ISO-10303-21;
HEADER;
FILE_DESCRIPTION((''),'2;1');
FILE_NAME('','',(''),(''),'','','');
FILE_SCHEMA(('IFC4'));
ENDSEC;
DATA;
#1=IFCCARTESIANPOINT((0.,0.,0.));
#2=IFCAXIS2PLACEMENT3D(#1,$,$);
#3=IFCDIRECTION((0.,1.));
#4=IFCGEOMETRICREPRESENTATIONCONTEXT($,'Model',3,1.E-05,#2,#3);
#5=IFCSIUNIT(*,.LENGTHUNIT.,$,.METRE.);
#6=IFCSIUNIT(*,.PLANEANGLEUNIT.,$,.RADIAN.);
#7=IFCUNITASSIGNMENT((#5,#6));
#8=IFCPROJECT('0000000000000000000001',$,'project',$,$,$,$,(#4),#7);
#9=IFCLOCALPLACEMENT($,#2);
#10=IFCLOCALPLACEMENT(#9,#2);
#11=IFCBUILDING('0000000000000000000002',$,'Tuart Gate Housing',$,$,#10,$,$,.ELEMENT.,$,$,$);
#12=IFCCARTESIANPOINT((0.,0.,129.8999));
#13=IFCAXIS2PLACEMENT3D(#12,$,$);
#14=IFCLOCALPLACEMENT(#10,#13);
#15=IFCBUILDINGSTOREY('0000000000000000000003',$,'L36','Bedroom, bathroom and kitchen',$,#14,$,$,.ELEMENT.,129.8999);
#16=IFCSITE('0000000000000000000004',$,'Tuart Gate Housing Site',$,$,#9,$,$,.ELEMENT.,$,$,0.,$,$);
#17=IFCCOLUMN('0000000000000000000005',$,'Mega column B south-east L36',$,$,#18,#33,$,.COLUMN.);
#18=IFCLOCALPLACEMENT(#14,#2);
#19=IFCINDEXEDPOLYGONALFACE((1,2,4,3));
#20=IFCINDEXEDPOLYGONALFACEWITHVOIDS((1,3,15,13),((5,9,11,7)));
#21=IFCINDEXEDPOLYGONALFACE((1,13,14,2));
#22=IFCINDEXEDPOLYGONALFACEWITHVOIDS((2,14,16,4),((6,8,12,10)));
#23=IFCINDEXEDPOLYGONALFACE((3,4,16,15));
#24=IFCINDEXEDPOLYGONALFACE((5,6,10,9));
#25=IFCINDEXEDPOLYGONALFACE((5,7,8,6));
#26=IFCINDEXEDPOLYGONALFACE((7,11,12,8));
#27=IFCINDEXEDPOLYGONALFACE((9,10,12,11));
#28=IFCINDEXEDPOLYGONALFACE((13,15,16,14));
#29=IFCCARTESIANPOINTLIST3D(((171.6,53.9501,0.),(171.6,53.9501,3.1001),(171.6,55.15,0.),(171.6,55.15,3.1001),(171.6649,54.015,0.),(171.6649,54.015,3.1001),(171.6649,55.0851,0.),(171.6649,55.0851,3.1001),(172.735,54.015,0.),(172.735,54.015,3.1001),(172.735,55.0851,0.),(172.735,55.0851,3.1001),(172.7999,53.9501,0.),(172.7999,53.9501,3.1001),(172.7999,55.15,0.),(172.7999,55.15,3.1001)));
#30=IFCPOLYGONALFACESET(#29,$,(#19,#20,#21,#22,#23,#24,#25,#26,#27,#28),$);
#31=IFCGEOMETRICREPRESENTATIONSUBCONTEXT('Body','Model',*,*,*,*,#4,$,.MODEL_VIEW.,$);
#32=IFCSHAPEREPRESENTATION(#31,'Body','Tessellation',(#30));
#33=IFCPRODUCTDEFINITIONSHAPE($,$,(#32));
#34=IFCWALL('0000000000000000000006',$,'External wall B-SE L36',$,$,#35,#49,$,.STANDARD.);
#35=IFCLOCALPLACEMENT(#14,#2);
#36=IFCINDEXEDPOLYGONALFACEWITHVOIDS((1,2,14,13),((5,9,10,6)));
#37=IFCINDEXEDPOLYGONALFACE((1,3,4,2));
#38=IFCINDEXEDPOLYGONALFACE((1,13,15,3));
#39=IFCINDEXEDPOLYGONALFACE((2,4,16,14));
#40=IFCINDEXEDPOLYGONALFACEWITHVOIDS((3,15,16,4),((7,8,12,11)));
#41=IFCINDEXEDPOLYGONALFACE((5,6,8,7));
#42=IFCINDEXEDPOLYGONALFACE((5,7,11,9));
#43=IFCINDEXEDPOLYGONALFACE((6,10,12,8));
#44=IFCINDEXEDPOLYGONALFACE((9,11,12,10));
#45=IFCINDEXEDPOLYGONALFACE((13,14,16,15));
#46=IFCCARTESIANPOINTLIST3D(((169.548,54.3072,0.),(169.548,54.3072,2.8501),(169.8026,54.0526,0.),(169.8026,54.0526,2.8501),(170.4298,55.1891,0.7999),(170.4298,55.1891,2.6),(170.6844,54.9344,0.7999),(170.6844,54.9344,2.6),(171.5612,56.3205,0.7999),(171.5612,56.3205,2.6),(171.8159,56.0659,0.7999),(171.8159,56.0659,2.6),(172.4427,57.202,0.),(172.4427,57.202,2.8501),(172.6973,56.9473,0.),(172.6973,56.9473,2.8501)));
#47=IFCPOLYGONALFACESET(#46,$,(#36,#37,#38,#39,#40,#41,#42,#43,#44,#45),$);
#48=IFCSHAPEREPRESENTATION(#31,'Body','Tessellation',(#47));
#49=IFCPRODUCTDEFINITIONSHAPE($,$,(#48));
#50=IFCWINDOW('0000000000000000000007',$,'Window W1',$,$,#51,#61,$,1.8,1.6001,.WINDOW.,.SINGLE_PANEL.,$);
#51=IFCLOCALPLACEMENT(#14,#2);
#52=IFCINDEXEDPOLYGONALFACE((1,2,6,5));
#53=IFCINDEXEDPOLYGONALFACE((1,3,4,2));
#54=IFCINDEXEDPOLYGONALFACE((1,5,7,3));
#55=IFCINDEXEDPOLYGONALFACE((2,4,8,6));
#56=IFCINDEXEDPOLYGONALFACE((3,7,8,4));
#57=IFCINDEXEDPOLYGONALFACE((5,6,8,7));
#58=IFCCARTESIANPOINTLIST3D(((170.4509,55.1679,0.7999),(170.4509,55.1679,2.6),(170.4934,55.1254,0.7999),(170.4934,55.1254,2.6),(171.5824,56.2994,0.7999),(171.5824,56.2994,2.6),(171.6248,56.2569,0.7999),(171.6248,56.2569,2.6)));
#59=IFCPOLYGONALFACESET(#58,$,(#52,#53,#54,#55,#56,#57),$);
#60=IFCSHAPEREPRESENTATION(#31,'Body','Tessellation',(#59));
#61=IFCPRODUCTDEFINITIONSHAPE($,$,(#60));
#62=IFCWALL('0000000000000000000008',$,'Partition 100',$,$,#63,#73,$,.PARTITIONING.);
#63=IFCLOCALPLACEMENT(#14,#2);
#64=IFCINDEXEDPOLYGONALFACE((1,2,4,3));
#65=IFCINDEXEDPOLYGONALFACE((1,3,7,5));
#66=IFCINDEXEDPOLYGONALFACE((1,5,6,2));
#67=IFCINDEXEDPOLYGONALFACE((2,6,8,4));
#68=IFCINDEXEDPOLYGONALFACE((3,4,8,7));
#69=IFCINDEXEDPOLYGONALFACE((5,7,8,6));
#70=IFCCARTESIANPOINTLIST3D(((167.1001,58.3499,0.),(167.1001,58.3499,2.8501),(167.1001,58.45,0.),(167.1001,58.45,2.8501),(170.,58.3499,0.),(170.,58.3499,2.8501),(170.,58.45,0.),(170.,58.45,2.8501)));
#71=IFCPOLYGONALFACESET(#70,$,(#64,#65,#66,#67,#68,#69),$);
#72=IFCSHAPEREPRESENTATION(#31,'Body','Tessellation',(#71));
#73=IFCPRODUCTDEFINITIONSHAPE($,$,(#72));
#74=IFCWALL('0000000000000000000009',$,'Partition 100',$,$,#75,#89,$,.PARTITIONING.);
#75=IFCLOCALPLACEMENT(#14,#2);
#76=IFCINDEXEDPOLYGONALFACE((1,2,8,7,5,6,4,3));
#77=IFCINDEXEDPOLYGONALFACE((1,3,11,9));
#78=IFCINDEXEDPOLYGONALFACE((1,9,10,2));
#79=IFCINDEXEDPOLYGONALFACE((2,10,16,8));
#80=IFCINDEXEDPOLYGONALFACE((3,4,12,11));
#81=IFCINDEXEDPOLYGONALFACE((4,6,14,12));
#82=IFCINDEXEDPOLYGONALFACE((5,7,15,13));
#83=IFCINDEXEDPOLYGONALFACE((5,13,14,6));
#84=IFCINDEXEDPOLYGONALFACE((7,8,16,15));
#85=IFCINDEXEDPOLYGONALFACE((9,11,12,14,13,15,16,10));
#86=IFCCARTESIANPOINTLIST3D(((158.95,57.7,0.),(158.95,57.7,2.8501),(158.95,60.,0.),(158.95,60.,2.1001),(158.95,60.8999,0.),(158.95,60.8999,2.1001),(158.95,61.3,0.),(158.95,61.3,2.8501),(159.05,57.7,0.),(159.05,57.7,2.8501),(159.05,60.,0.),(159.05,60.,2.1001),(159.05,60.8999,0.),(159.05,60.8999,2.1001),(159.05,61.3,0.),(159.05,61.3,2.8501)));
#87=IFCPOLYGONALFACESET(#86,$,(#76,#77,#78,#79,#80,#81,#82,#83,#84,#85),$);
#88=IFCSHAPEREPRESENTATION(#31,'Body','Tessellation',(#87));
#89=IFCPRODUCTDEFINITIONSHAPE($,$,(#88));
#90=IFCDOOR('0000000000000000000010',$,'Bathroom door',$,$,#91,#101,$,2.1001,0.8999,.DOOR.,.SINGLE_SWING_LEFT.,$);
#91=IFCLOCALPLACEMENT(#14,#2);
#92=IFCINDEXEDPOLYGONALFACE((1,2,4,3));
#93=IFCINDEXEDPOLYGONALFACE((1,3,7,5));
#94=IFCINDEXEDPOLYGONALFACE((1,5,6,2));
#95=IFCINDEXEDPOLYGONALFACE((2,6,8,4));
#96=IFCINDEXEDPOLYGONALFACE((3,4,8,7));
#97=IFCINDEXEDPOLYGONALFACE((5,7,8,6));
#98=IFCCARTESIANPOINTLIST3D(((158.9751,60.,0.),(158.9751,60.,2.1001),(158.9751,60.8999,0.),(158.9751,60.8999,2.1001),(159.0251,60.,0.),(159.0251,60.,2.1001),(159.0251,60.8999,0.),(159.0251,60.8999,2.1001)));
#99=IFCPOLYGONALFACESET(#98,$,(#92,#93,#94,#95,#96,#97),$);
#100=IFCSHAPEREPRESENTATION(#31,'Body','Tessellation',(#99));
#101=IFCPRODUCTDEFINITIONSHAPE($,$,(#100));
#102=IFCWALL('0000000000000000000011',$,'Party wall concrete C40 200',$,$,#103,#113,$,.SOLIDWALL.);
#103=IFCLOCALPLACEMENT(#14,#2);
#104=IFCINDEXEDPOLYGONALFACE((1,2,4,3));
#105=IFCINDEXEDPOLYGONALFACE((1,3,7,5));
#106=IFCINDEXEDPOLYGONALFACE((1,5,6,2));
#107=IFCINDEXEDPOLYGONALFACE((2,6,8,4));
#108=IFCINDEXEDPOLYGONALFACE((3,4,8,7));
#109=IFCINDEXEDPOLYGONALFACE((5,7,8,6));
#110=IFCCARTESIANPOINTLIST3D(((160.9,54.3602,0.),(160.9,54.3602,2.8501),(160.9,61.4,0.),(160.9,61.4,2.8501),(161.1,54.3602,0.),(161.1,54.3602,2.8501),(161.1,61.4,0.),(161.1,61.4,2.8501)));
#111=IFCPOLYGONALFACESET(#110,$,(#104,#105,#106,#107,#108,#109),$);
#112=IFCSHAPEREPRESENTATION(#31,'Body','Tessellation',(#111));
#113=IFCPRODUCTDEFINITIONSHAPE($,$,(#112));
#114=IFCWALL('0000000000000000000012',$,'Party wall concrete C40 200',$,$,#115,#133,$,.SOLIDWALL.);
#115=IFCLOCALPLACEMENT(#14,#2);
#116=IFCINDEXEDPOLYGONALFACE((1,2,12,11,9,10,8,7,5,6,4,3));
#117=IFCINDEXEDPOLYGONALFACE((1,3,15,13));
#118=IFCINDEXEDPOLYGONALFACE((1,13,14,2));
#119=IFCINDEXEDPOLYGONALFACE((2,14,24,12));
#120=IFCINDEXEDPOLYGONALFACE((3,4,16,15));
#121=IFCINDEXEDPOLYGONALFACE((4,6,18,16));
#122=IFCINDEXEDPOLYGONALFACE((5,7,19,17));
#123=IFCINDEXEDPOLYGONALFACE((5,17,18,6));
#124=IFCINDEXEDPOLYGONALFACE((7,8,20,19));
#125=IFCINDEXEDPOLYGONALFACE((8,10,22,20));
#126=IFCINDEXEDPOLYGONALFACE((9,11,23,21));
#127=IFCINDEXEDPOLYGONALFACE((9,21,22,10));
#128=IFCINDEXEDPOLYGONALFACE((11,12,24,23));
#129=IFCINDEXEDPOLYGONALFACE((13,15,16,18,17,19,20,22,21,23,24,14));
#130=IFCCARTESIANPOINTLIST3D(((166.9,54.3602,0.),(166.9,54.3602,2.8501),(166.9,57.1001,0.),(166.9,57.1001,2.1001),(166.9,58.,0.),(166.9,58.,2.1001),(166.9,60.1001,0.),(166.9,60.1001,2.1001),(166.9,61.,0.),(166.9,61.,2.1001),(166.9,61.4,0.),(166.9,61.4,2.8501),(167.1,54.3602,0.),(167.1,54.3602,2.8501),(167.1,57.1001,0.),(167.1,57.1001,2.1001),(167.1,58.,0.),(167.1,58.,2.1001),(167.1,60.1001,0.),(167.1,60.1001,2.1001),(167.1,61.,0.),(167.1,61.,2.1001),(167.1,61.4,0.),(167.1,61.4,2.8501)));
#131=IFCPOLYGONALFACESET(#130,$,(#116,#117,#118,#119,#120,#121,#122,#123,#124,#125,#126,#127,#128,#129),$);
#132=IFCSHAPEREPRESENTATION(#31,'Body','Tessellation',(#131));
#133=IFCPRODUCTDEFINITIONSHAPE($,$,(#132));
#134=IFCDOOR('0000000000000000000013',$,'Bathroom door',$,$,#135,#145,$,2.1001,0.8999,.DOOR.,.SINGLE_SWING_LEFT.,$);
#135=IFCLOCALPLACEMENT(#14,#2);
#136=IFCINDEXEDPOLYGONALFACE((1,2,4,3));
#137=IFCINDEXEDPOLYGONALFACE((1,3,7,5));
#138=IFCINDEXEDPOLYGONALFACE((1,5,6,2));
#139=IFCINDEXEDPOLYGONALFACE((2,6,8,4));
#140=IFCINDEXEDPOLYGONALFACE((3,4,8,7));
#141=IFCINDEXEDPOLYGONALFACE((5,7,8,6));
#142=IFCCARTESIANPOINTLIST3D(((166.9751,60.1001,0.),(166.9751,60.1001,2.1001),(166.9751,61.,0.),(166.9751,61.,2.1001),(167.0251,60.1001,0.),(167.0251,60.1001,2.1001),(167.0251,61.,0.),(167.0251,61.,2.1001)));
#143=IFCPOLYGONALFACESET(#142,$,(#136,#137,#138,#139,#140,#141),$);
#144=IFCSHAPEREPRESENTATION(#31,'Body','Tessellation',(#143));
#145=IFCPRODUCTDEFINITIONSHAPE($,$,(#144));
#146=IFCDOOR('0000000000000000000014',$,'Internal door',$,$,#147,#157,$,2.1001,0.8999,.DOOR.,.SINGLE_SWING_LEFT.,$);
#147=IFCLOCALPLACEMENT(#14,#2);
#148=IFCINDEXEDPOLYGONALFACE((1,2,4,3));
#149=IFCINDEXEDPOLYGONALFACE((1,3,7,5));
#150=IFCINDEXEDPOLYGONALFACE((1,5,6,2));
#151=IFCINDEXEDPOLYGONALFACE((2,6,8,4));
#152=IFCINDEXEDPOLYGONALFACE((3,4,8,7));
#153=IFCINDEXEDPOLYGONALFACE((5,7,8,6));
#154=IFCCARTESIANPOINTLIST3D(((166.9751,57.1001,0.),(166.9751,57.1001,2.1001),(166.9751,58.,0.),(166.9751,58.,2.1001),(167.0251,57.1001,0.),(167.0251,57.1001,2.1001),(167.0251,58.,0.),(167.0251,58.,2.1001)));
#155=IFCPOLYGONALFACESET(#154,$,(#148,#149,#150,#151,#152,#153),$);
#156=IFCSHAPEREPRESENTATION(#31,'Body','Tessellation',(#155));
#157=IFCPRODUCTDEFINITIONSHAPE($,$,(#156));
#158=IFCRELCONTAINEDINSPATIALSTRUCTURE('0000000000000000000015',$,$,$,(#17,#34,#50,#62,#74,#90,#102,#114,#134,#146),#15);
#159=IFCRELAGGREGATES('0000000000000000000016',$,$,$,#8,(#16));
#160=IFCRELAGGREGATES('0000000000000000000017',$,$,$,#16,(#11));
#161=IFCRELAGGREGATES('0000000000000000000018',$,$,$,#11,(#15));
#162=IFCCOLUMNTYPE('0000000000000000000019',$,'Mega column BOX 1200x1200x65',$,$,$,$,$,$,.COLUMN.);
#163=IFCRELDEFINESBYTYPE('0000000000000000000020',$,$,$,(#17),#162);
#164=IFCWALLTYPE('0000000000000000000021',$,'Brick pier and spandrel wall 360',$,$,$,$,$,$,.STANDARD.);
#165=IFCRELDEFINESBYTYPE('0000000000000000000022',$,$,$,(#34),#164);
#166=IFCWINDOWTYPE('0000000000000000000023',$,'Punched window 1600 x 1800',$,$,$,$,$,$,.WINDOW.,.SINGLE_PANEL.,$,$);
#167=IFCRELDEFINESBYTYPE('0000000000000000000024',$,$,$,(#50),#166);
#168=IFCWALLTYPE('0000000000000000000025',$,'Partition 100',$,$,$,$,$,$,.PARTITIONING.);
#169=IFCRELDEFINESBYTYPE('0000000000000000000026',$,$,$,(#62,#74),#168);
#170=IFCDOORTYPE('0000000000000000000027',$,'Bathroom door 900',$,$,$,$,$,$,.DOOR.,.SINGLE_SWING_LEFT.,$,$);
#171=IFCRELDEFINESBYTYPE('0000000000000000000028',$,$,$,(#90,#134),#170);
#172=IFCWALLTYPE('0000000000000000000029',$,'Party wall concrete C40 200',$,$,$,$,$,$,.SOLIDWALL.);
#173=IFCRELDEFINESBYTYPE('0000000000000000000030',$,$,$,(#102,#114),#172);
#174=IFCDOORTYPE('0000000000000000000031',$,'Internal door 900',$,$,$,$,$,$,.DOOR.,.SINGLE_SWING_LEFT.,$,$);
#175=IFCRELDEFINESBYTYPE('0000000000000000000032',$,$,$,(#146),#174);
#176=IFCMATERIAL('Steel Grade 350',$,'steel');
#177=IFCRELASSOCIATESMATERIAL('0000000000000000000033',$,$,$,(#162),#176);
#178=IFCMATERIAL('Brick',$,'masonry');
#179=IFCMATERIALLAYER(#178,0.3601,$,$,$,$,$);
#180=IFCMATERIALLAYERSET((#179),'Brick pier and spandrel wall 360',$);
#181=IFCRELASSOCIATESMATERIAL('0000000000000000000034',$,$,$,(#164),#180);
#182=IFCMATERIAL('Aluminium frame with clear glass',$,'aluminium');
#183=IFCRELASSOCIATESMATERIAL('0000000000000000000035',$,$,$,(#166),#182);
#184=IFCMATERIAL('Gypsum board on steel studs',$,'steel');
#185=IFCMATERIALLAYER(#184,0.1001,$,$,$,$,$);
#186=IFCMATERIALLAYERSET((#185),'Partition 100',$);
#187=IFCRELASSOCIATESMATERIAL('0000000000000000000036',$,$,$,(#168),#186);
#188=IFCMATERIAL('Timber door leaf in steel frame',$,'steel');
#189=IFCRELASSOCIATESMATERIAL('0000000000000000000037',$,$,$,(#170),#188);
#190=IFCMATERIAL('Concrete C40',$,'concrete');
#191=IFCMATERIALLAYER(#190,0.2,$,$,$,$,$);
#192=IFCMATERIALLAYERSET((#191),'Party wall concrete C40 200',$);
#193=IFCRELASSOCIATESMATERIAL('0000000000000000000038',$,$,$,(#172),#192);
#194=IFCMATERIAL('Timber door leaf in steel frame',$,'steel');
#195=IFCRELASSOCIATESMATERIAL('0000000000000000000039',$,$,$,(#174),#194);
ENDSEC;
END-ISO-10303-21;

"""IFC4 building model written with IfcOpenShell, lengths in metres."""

from ifc_helpers import new_model, si_unit, direction, frame, frame_2d, origin, origin_2d, place, context, subcontext, project, spatial, rectangle, hollow_rectangle, extrude, material, layer, layer_set, material_profile, profile_set, type_object, element, fill, save


model = new_model("IFC4")

# Units and contexts
model_context = context("Model", 3, precision=1e-05, world=origin(), true_north=direction((0.0, 1.0)))
body_context = subcontext(model_context, "Body", "Model", "MODEL_VIEW")
ifc_project = project(units=[si_unit("LENGTHUNIT", "METRE"), si_unit("PLANEANGLEUNIT", "RADIAN")], contexts=[model_context])

# Site, building, storey
site_placement = place(None, origin())
site = spatial("IfcSite", under=ifc_project, at=site_placement, Name="Tuart Gate Housing Site", CompositionType="ELEMENT", RefElevation=0.0)
building_placement = place(site_placement, origin())
building = spatial("IfcBuilding", under=site, at=building_placement, Name="Tuart Gate Housing", CompositionType="ELEMENT")
storey_placement = place(building_placement, frame((0.0, 0.0, 129.8999)))
storey = spatial("IfcBuildingStorey", under=building, at=storey_placement, Name="L36", Description="Bedroom, bathroom and kitchen", CompositionType="ELEMENT", Elevation=129.8999)

# Column
ifc_material_1 = material(Name="Steel Grade 350", Category="steel")
ifc_material_profile = material_profile(ifc_material_1, hollow_rectangle(XDim=1.2, YDim=1.2, WallThickness=0.0649, at=origin_2d()), Name="BOX 1200x1200x65")
ifc_profile_set = profile_set([ifc_material_profile], Name="Steel Grade 350")
column_type = type_object("IfcColumnType", Name="Mega column BOX 1200x1200x65", PredefinedType="COLUMN", material=ifc_profile_set)
column_placement = place(storey_placement, frame((172.2, 54.55, 0.0), z_axis=(0.0, 0.0, 1.0), x_axis=(1.0, 0.0, 0.0)))
element("IfcColumn", 1, at=column_placement, inside=storey, type_object=column_type, Name="Mega column B south-east L36", PredefinedType="COLUMN", context=body_context, shape_type="SweptSolid", body=[
    extrude(hollow_rectangle(XDim=1.2, YDim=1.2, WallThickness=0.0649, at=origin_2d()), origin(), (0.0, 0.0, 1.0), 3.1001),
])

# Wall, opening, window
ifc_material_2 = material(Name="Brick", Category="masonry")
ifc_layer_1 = layer(ifc_material_2, 0.3601)
ifc_layer_set_1 = layer_set([ifc_layer_1], Name="Brick pier and spandrel wall 360")
wall_type_1 = type_object("IfcWallType", Name="Brick pier and spandrel wall 360", PredefinedType="STANDARD", material=ifc_layer_set_1)
wall_1_placement = place(storey_placement, frame((169.6753, 54.1799, 0.0), z_axis=(0.0, 0.0, 1.0), x_axis=(0.707107, 0.707107, 0.0)))
wall_1 = element("IfcWall", 2, at=wall_1_placement, inside=storey, type_object=wall_type_1, Name="External wall B-SE L36", PredefinedType="STANDARD", context=body_context, shape_type="SweptSolid", body=[
    extrude(rectangle(XDim=4.0938, YDim=0.3601, at=frame_2d((2.0469, 0.0))), origin(), (0.0, 0.0, 1.0), 2.8501),
])
opening_1_placement = place(wall_1_placement, frame((1.2471, 0.0, 0.8)))
opening_1 = element("IfcOpeningElement", 3, at=opening_1_placement, cuts=wall_1, PredefinedType="OPENING", context=body_context, shape_type="SweptSolid", body=[
    extrude(rectangle(XDim=1.6001, YDim=1.8, at=frame_2d((0.8, 0.8999))), frame((0.0, 0.1899, 0.0), z_axis=(0.0, -1.0, 0.0), x_axis=(1.0, 0.0, 0.0)), (0.0, 0.0, 1.0), 0.3801),
])
ifc_material_3 = material(Name="Aluminium frame with clear glass", Category="aluminium")
window_type_1 = type_object("IfcWindowType", Name="Punched window 1600 x 1800", PartitioningType="SINGLE_PANEL", PredefinedType="WINDOW", material=ifc_material_3)
window_1_placement = place(opening_1_placement, origin())
window_1 = element("IfcWindow", 4, at=window_1_placement, inside=storey, type_object=window_type_1, Name="Window W1", OverallHeight=1.8, OverallWidth=1.6001, PartitioningType="SINGLE_PANEL", PredefinedType="WINDOW", context=body_context, shape_type="SweptSolid", body=[
    extrude(rectangle(XDim=1.6001, YDim=1.8, at=frame_2d((0.8, 0.8999))), frame((0.0, 0.1501, 0.0), z_axis=(0.0, -1.0, 0.0), x_axis=(1.0, 0.0, 0.0)), (0.0, 0.0, 1.0), 0.0601),
])
fill(opening_1, window_1)

# Wall
ifc_material_4 = material(Name="Gypsum board on steel studs", Category="steel")
ifc_layer_2 = layer(ifc_material_4, 0.1001)
ifc_layer_set_2 = layer_set([ifc_layer_2], Name="Partition 100")
wall_type_2 = type_object("IfcWallType", Name="Partition 100", PredefinedType="PARTITIONING", material=ifc_layer_set_2)
wall_2_placement = place(storey_placement, frame((167.1001, 58.3999, 0.0), z_axis=(0.0, 0.0, 1.0), x_axis=(1.0, 0.0, 0.0)))
element("IfcWall", 5, at=wall_2_placement, inside=storey, type_object=wall_type_2, Name="Partition 100", PredefinedType="PARTITIONING", context=body_context, shape_type="SweptSolid", body=[
    extrude(rectangle(XDim=2.8999, YDim=0.1001, at=frame_2d((1.45, 0.0))), origin(), (0.0, 0.0, 1.0), 2.8501),
])

# Wall, opening, door
wall_3_placement = place(storey_placement, frame((159.0, 57.7, 0.0), z_axis=(0.0, 0.0, 1.0), x_axis=(0.0, 1.0, 0.0)))
wall_3 = element("IfcWall", 6, at=wall_3_placement, inside=storey, type_object=wall_type_2, Name="Partition 100", PredefinedType="PARTITIONING", context=body_context, shape_type="SweptSolid", body=[
    extrude(rectangle(XDim=3.6001, YDim=0.1001, at=frame_2d((1.8, 0.0))), origin(), (0.0, 0.0, 1.0), 2.8501),
])
opening_2_placement = place(wall_3_placement, frame((2.3, 0.0, 0.0)))
opening_2 = element("IfcOpeningElement", 7, at=opening_2_placement, cuts=wall_3, PredefinedType="OPENING", context=body_context, shape_type="SweptSolid", body=[
    extrude(rectangle(XDim=0.8999, YDim=2.1001, at=frame_2d((0.45, 1.05))), frame((0.0, 0.0601, 0.0), z_axis=(0.0, -1.0, 0.0), x_axis=(1.0, 0.0, 0.0)), (0.0, 0.0, 1.0), 0.1201),
])
ifc_material_5 = material(Name="Timber door leaf in steel frame", Category="steel")
door_type_1 = type_object("IfcDoorType", Name="Bathroom door 900", OperationType="SINGLE_SWING_LEFT", PredefinedType="DOOR", material=ifc_material_5)
door_1_placement = place(opening_2_placement, frame((0.8999, 0.0, 0.0), z_axis=(0.0, 0.0, 1.0), x_axis=(-1.0, 0.0, 0.0)))
door_1 = element("IfcDoor", 8, at=door_1_placement, inside=storey, type_object=door_type_1, Name="Bathroom door", OperationType="SINGLE_SWING_LEFT", OverallHeight=2.1001, OverallWidth=0.8999, PredefinedType="DOOR", context=body_context, shape_type="SweptSolid", body=[
    extrude(rectangle(XDim=0.8999, YDim=2.1001, at=frame_2d((0.45, 1.05))), frame((0.0, 0.0251, 0.0), z_axis=(0.0, -1.0, 0.0), x_axis=(1.0, 0.0, 0.0)), (0.0, 0.0, 1.0), 0.05),
])
fill(opening_2, door_1)

# Wall
ifc_material_6 = material(Name="Concrete C40", Category="concrete")
ifc_layer_3 = layer(ifc_material_6, 0.2)
ifc_layer_set_3 = layer_set([ifc_layer_3], Name="Party wall concrete C40 200")
wall_type_3 = type_object("IfcWallType", Name="Party wall concrete C40 200", PredefinedType="SOLIDWALL", material=ifc_layer_set_3)
wall_4_placement = place(storey_placement, frame((161.0, 54.3601, 0.0), z_axis=(0.0, 0.0, 1.0), x_axis=(0.0, 1.0, 0.0)))
element("IfcWall", 9, at=wall_4_placement, inside=storey, type_object=wall_type_3, Name="Party wall concrete C40 200", PredefinedType="SOLIDWALL", context=body_context, shape_type="SweptSolid", body=[
    extrude(rectangle(XDim=7.0398, YDim=0.2, at=frame_2d((3.52, 0.0))), origin(), (0.0, 0.0, 1.0), 2.8501),
])

# Wall, openings, doors
wall_5_placement = place(storey_placement, frame((167.0, 54.3601, 0.0), z_axis=(0.0, 0.0, 1.0), x_axis=(0.0, 1.0, 0.0)))
wall_5 = element("IfcWall", 10, at=wall_5_placement, inside=storey, type_object=wall_type_3, Name="Party wall concrete C40 200", PredefinedType="SOLIDWALL", context=body_context, shape_type="SweptSolid", body=[
    extrude(rectangle(XDim=7.0398, YDim=0.2, at=frame_2d((3.52, 0.0))), origin(), (0.0, 0.0, 1.0), 2.8501),
])
opening_3_placement = place(wall_5_placement, frame((2.74, 0.0, 0.0)))
opening_3 = element("IfcOpeningElement", 11, at=opening_3_placement, cuts=wall_5, PredefinedType="OPENING", context=body_context, shape_type="SweptSolid", body=[
    extrude(rectangle(XDim=0.8999, YDim=2.1001, at=frame_2d((0.45, 1.05))), frame((0.0, 0.1099, 0.0), z_axis=(0.0, -1.0, 0.0), x_axis=(1.0, 0.0, 0.0)), (0.0, 0.0, 1.0), 0.22),
])
opening_4_placement = place(wall_5_placement, frame((5.74, 0.0, 0.0)))
opening_4 = element("IfcOpeningElement", 12, at=opening_4_placement, cuts=wall_5, PredefinedType="OPENING", context=body_context, shape_type="SweptSolid", body=[
    extrude(rectangle(XDim=0.8999, YDim=2.1001, at=frame_2d((0.45, 1.05))), frame((0.0, 0.1099, 0.0), z_axis=(0.0, -1.0, 0.0), x_axis=(1.0, 0.0, 0.0)), (0.0, 0.0, 1.0), 0.22),
])
door_2_placement = place(opening_4_placement, frame((0.8999, 0.0, 0.0), z_axis=(0.0, 0.0, 1.0), x_axis=(-1.0, 0.0, 0.0)))
door_2 = element("IfcDoor", 13, at=door_2_placement, inside=storey, type_object=door_type_1, Name="Bathroom door", OperationType="SINGLE_SWING_LEFT", OverallHeight=2.1001, OverallWidth=0.8999, PredefinedType="DOOR", context=body_context, shape_type="SweptSolid", body=[
    extrude(rectangle(XDim=0.8999, YDim=2.1001, at=frame_2d((0.45, 1.05))), frame((0.0, 0.0251, 0.0), z_axis=(0.0, -1.0, 0.0), x_axis=(1.0, 0.0, 0.0)), (0.0, 0.0, 1.0), 0.05),
])
fill(opening_4, door_2)
ifc_material_7 = material(Name="Timber door leaf in steel frame", Category="steel")
door_type_2 = type_object("IfcDoorType", Name="Internal door 900", OperationType="SINGLE_SWING_LEFT", PredefinedType="DOOR", material=ifc_material_7)
door_3_placement = place(opening_3_placement, frame((0.8999, 0.0, 0.0), z_axis=(0.0, 0.0, 1.0), x_axis=(-1.0, 0.0, 0.0)))
door_3 = element("IfcDoor", 14, at=door_3_placement, inside=storey, type_object=door_type_2, Name="Internal door", OperationType="SINGLE_SWING_LEFT", OverallHeight=2.1001, OverallWidth=0.8999, PredefinedType="DOOR", context=body_context, shape_type="SweptSolid", body=[
    extrude(rectangle(XDim=0.8999, YDim=2.1001, at=frame_2d((0.45, 1.05))), frame((0.0, 0.0251, 0.0), z_axis=(0.0, -1.0, 0.0), x_axis=(1.0, 0.0, 0.0)), (0.0, 0.0, 1.0), 0.05),
])
fill(opening_3, door_3)

save(model, "model.ifc")
